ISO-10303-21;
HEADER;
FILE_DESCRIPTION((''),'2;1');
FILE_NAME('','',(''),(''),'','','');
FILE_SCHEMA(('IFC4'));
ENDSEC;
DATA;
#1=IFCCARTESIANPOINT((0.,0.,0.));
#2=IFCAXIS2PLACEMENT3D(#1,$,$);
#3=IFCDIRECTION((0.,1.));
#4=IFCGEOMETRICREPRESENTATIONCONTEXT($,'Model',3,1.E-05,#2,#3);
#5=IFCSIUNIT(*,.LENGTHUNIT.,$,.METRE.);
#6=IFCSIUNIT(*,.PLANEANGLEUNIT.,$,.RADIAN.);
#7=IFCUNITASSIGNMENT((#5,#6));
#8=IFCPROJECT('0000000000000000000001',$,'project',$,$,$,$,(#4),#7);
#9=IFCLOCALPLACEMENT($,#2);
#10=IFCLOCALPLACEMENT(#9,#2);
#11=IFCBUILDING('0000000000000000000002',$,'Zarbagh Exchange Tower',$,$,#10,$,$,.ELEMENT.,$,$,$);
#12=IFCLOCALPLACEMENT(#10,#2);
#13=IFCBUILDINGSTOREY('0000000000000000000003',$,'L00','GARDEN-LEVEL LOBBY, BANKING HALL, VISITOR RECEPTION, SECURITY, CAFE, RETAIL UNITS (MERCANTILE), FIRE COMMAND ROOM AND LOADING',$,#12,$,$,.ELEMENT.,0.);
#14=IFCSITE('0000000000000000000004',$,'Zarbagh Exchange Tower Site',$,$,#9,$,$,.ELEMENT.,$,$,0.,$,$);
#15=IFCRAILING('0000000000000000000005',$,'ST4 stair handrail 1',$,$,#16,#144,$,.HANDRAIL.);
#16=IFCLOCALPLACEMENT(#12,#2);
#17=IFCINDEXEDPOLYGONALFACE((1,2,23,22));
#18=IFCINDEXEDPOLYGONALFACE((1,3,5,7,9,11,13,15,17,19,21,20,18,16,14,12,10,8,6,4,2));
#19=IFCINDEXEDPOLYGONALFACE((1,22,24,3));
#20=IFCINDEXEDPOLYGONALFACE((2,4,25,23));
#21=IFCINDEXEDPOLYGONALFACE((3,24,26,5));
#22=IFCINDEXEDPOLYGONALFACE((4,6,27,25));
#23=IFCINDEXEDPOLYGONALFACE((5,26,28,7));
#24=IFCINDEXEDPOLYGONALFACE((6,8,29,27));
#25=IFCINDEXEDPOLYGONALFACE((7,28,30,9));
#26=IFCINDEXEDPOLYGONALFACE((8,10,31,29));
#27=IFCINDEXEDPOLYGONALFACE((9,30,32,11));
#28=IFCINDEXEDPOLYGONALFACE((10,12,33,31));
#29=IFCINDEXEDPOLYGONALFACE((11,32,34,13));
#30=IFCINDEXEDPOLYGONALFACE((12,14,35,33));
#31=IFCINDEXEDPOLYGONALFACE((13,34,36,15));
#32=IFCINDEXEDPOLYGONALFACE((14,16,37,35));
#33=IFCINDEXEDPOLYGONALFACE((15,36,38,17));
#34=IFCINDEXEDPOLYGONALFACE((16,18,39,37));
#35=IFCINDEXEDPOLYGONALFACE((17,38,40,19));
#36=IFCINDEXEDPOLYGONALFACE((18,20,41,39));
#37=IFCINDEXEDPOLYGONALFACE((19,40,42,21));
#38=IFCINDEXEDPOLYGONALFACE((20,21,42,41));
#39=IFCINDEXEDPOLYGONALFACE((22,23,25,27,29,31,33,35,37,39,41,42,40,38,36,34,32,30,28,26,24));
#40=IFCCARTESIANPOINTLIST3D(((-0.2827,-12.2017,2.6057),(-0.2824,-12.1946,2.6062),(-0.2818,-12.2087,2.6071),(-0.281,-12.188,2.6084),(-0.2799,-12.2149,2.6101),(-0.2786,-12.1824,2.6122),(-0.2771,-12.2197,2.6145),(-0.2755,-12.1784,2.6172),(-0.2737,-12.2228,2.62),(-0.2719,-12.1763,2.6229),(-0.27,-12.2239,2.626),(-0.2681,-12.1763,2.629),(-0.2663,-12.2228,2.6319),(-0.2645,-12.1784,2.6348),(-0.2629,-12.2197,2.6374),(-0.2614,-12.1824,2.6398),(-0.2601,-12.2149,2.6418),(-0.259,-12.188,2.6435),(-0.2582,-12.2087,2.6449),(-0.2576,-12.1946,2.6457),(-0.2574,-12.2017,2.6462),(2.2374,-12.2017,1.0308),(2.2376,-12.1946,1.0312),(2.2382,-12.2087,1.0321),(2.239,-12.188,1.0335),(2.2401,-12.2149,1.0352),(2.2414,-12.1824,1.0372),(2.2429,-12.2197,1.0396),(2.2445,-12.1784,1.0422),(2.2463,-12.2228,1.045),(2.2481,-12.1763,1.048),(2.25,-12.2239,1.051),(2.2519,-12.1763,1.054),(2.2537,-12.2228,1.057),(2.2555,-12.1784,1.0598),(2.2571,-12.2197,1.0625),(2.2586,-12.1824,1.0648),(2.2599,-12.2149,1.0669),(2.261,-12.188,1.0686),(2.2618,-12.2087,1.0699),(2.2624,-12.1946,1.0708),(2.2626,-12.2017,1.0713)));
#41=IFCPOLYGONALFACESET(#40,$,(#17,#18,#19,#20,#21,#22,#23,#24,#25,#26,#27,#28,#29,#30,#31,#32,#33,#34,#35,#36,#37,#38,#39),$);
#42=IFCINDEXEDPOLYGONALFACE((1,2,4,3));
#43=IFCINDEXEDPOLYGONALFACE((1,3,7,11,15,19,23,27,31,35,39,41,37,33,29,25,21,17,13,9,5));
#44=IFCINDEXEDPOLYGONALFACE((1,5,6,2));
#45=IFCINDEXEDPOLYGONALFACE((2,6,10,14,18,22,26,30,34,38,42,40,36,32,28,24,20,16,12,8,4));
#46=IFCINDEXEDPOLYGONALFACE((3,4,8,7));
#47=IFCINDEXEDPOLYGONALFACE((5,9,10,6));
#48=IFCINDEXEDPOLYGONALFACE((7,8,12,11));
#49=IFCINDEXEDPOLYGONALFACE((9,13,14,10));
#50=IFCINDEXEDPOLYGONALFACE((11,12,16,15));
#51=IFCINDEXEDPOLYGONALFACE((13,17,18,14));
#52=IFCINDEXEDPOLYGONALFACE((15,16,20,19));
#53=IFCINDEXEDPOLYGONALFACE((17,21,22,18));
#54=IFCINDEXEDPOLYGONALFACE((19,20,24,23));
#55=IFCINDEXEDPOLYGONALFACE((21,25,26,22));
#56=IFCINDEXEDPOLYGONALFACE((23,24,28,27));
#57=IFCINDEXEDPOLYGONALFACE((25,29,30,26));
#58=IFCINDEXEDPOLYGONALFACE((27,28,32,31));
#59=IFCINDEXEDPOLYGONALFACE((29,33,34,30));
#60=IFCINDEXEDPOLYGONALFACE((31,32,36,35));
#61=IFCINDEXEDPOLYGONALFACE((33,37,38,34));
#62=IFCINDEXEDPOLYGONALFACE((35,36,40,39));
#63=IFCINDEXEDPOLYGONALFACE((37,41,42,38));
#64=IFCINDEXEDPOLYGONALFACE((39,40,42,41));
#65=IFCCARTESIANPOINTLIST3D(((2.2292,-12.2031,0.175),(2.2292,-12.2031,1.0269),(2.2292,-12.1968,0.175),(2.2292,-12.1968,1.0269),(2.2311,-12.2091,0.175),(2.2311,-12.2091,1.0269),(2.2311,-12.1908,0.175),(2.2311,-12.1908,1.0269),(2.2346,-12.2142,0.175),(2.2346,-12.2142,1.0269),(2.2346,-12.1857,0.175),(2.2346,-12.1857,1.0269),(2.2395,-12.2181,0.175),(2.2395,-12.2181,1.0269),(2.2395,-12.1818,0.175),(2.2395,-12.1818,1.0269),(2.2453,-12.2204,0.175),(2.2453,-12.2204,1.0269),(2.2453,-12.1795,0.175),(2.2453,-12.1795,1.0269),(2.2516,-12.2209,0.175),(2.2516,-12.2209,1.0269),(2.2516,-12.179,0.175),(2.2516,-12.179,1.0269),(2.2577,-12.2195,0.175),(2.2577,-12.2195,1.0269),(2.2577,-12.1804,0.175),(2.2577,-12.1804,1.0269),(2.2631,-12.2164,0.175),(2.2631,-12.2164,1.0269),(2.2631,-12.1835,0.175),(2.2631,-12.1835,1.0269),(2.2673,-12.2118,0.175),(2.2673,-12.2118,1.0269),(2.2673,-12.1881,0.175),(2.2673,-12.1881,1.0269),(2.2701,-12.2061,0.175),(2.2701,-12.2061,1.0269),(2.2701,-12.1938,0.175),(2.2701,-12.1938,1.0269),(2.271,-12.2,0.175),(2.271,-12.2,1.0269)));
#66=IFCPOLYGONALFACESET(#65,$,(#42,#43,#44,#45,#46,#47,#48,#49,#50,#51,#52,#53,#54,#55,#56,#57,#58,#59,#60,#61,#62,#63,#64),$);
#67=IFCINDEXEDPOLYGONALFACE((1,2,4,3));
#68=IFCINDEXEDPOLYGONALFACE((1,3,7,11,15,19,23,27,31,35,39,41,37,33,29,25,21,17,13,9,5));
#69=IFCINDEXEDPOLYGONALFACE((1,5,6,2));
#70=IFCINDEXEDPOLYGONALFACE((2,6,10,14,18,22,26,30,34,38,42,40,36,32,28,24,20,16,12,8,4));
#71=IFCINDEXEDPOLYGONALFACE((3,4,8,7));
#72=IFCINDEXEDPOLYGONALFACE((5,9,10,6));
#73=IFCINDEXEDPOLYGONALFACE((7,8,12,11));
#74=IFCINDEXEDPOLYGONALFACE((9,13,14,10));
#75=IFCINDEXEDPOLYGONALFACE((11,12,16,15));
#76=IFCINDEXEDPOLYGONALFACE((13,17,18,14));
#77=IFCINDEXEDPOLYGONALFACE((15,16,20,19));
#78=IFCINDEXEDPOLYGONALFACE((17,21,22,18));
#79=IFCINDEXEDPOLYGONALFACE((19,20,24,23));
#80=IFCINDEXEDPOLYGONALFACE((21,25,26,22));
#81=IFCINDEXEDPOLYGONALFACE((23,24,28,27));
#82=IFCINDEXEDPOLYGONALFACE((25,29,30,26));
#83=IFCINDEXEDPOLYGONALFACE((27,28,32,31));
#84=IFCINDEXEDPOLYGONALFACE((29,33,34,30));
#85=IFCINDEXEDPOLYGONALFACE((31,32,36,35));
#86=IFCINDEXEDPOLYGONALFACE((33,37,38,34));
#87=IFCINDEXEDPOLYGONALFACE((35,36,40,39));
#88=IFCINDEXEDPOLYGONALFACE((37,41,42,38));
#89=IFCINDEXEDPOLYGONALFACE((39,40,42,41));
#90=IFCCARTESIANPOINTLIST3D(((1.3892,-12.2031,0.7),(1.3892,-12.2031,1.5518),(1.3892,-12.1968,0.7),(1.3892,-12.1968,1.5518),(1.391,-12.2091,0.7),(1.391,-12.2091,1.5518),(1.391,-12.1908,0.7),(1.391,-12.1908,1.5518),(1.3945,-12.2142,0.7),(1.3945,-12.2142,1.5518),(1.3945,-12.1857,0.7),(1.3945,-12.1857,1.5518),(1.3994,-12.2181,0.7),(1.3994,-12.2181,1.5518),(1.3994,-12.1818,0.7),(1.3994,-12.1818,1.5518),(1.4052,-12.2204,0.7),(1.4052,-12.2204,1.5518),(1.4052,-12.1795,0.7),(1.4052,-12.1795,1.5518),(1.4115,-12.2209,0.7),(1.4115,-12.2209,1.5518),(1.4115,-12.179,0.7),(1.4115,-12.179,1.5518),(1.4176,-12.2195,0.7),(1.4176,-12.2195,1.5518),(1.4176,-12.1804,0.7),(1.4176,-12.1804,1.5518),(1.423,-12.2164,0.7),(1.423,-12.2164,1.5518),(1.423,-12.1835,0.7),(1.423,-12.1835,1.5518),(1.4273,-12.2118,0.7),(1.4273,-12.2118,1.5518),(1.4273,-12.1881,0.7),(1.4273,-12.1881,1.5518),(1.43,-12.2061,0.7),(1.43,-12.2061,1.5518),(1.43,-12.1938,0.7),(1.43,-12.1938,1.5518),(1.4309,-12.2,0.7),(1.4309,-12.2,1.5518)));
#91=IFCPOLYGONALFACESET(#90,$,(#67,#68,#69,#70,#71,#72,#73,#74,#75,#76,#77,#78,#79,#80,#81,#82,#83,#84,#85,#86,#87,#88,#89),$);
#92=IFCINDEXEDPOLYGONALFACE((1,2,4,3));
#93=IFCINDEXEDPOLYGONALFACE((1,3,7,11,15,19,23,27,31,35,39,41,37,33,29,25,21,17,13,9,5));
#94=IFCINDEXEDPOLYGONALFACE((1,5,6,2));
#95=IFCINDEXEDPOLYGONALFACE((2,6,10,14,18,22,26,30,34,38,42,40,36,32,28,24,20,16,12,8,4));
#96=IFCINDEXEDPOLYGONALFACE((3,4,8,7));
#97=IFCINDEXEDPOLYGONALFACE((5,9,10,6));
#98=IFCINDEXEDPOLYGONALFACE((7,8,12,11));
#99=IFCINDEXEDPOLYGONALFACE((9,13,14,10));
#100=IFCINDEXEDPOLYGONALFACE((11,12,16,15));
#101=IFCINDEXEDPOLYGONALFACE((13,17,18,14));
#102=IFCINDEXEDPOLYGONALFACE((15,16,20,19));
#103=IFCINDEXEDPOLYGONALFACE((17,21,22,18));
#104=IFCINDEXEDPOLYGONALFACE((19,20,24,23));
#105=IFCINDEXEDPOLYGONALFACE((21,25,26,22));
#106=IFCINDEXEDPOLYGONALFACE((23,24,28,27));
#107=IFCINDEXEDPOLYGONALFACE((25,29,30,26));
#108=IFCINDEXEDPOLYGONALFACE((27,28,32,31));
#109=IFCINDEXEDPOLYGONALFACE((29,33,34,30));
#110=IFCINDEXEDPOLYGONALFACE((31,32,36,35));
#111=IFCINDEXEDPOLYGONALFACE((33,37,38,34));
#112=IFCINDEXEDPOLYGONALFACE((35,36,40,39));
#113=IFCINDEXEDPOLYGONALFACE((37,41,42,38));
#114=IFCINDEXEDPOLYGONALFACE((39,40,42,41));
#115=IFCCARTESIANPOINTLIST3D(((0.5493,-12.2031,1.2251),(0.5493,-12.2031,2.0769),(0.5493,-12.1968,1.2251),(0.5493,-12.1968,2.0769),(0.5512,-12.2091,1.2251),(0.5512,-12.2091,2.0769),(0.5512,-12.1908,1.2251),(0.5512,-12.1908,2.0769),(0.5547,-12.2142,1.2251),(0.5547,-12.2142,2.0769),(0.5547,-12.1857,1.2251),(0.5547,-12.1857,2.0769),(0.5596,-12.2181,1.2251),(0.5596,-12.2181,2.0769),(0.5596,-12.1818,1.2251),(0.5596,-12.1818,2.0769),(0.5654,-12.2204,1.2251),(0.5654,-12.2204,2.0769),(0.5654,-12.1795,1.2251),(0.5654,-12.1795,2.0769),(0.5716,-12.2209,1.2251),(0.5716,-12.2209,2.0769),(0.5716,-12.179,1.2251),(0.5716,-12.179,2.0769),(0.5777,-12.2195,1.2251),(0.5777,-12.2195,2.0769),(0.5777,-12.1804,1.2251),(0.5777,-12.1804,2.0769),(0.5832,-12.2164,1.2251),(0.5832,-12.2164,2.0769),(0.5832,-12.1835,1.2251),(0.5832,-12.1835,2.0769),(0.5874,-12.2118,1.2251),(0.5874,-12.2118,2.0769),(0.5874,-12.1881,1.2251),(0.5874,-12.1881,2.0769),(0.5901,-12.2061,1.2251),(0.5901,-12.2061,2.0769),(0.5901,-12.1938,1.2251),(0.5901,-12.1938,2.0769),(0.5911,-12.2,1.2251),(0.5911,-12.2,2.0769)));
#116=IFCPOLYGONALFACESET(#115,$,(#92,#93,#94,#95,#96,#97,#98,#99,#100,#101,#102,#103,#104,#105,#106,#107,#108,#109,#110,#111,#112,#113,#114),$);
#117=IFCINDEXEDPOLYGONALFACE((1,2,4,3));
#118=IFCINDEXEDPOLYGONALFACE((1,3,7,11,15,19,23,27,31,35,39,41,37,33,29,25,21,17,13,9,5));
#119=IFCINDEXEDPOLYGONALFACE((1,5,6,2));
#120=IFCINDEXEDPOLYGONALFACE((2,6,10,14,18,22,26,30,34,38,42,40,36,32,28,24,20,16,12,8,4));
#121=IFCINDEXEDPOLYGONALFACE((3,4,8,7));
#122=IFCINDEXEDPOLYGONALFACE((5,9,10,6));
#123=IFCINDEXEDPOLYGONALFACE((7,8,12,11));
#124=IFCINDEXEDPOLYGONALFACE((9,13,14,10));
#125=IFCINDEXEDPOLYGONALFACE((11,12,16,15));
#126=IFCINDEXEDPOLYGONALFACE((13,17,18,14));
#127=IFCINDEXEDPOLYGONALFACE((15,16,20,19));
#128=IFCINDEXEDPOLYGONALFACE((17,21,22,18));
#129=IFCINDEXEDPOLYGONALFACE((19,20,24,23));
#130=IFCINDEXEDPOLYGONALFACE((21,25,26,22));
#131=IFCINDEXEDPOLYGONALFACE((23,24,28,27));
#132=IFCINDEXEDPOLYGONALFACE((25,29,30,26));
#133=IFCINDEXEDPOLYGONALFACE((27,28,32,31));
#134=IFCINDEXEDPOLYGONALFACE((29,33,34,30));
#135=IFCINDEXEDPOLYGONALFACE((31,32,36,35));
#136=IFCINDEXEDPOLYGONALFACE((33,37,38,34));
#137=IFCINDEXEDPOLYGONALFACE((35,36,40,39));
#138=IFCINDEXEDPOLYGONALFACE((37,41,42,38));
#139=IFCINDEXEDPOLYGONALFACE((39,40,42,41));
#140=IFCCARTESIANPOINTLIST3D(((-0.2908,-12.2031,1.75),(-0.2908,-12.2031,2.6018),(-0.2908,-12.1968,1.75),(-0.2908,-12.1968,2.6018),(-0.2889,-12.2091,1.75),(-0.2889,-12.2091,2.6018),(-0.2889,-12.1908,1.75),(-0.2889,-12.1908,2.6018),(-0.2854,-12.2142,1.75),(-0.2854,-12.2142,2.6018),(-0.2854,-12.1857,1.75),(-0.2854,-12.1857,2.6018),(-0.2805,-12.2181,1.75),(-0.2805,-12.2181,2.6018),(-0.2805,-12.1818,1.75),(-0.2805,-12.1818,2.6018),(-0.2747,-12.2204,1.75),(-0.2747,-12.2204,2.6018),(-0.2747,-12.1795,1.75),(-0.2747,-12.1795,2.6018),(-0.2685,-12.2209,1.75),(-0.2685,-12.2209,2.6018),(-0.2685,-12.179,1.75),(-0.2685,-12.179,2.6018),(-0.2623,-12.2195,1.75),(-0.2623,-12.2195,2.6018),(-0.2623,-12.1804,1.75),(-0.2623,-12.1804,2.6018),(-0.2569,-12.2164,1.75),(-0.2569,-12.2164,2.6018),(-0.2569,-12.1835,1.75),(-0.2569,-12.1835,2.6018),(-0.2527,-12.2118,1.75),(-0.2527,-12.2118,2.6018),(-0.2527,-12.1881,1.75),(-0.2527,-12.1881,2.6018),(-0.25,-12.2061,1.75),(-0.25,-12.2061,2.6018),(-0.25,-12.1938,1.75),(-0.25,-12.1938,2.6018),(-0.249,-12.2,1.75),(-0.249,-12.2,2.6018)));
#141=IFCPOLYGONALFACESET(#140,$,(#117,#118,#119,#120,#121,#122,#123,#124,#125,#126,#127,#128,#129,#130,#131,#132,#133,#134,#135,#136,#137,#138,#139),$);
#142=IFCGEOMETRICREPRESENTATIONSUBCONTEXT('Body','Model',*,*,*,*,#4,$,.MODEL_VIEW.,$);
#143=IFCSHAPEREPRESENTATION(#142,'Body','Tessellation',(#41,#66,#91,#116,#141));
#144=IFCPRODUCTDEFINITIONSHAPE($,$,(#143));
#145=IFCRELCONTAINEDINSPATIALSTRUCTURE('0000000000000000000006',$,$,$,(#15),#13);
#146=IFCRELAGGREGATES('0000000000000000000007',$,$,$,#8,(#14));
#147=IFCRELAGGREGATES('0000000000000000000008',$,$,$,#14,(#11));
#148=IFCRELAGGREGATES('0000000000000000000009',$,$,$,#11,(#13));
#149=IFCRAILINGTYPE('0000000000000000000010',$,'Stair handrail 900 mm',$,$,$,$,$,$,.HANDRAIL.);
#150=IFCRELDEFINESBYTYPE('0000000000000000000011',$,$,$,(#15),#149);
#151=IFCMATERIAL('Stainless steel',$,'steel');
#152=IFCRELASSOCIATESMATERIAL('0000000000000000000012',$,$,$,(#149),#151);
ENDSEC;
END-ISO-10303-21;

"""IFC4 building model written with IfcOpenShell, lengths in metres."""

from ifc_helpers import new_model, si_unit, direction, frame, origin, origin_2d, place, context, subcontext, project, spatial, circle, extrude, material, type_object, element, save


model = new_model("IFC4")

# Units and contexts
model_context = context("Model", 3, precision=1e-05, world=origin(), true_north=direction((0.0, 1.0)))
body_context = subcontext(model_context, "Body", "Model", "MODEL_VIEW")
ifc_project = project(units=[si_unit("LENGTHUNIT", "METRE"), si_unit("PLANEANGLEUNIT", "RADIAN")], contexts=[model_context])

# Site, building, storey
site_placement = place(None, origin())
site = spatial("IfcSite", under=ifc_project, at=site_placement, Name="Zarbagh Exchange Tower Site", CompositionType="ELEMENT", RefElevation=0.0)
building_placement = place(site_placement, origin())
building = spatial("IfcBuilding", under=site, at=building_placement, Name="Zarbagh Exchange Tower", CompositionType="ELEMENT")
storey_placement = place(building_placement, origin())
storey = spatial("IfcBuildingStorey", under=building, at=storey_placement, Name="L00", Description="GARDEN-LEVEL LOBBY, BANKING HALL, VISITOR RECEPTION, SECURITY, CAFE, RETAIL UNITS (MERCANTILE), FIRE COMMAND ROOM AND LOADING", CompositionType="ELEMENT", Elevation=0.0)

# Railing
ifc_material_1 = material(Name="Stainless steel", Category="steel")
railing_type_1 = type_object("IfcRailingType", Name="Stair handrail 900 mm", PredefinedType="HANDRAIL", material=ifc_material_1)
for number, where, name in (
    (1, (2.25, -12.2, 0.175), "ST4 stair handrail 1"),
):
    element("IfcRailing", number, at=place(storey_placement, frame(where)), inside=storey, type_object=railing_type_1, Name=name, PredefinedType="HANDRAIL", context=body_context, shape_type="SweptSolid", body=[
        extrude(circle(Radius=0.0239, at=origin_2d()), frame((0.0, 0.0, 0.876), z_axis=(-0.848008, 0.0, 0.529984), x_axis=(0.0, -1.0, 0.0)), (0.0, 0.0, 1.0), 2.9717),
        extrude(circle(Radius=0.021, at=origin_2d()), origin(), (0.0, 0.0, 1.0), 0.8518),
        extrude(circle(Radius=0.021, at=origin_2d()), frame((-0.8401, 0.0, 0.5249)), (0.0, 0.0, 1.0), 0.8518),
        extrude(circle(Radius=0.021, at=origin_2d()), frame((-1.6799, 0.0, 1.05)), (0.0, 0.0, 1.0), 0.8518),
        extrude(circle(Radius=0.021, at=origin_2d()), frame((-2.52, 0.0, 1.575)), (0.0, 0.0, 1.0), 0.8518),
    ])

save(model, "model.ifc")
